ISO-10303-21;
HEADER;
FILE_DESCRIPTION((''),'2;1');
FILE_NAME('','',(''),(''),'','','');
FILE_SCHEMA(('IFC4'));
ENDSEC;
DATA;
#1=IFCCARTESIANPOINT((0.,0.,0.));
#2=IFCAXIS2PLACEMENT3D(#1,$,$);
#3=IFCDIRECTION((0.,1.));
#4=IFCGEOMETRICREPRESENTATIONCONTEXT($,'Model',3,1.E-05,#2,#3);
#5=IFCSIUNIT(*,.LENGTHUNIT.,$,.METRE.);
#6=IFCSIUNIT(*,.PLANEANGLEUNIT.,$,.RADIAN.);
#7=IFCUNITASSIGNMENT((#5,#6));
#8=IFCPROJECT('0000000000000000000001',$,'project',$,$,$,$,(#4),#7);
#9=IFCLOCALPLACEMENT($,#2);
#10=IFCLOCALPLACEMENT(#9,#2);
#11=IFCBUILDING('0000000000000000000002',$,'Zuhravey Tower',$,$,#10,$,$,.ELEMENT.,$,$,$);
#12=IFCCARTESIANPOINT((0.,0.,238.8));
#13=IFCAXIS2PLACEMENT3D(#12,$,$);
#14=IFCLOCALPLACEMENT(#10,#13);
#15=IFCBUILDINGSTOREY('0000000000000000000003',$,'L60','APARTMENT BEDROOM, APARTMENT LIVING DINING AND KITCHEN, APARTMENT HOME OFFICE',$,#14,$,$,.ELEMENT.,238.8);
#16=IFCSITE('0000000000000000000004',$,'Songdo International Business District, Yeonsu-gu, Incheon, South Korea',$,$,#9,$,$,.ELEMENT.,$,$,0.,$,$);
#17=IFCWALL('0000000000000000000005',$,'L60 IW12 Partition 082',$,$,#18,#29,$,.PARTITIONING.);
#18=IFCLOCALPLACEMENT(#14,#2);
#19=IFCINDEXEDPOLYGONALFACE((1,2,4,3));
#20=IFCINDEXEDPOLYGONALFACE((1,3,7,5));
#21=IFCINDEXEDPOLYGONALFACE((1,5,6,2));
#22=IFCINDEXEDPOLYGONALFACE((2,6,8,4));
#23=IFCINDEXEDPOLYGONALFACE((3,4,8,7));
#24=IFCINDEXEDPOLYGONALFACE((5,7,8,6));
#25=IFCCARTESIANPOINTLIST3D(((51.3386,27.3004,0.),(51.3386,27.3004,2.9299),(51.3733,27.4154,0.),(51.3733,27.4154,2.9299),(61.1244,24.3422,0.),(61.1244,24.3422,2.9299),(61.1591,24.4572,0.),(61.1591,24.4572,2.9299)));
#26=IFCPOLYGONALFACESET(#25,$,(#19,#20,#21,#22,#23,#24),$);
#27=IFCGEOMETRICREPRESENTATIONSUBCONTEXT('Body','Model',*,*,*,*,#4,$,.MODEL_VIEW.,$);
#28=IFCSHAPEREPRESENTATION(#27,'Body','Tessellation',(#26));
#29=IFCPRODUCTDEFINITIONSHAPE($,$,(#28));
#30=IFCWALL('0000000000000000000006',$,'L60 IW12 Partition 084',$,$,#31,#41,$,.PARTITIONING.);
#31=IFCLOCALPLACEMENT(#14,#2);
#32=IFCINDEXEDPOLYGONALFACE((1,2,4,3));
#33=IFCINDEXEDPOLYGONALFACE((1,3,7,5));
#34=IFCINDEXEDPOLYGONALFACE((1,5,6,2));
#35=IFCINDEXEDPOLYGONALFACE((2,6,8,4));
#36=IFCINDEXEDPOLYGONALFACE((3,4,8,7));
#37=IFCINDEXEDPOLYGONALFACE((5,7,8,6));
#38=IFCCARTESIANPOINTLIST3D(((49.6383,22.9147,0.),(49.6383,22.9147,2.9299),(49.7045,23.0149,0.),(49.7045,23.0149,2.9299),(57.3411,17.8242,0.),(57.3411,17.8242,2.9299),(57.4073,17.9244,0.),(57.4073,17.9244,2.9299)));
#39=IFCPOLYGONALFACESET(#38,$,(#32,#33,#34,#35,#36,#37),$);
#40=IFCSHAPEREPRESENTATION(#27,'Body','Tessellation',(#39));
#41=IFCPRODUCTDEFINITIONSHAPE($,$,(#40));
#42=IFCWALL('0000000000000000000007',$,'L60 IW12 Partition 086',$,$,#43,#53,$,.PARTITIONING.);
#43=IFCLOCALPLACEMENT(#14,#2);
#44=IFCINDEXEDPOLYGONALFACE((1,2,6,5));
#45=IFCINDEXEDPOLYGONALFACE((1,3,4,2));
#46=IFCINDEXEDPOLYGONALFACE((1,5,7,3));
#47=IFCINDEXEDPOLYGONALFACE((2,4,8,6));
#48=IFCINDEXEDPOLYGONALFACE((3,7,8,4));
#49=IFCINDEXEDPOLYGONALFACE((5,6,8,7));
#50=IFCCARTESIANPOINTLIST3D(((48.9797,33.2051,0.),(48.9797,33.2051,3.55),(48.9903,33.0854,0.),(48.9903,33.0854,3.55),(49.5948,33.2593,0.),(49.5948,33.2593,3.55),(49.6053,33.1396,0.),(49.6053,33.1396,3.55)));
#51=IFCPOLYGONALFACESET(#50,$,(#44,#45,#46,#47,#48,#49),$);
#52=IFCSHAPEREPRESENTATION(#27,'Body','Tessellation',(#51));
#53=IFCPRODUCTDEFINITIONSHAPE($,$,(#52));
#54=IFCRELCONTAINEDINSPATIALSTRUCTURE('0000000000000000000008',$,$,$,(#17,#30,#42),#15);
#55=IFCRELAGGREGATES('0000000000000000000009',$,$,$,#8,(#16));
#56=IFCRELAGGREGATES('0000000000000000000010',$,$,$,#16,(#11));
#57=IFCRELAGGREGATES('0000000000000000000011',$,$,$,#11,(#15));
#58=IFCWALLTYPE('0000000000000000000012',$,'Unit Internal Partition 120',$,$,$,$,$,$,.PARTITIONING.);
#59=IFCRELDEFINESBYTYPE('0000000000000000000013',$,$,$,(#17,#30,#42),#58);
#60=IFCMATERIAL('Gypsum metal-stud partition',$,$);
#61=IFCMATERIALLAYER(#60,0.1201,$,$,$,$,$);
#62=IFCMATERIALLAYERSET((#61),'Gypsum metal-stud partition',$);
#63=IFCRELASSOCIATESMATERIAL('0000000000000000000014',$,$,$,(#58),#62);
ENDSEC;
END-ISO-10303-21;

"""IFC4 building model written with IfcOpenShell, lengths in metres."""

from ifc_helpers import new_model, si_unit, direction, frame, frame_2d, origin, place, context, subcontext, project, spatial, rectangle, extrude, material, layer, layer_set, type_object, element, save


model = new_model("IFC4")

# Units and contexts
model_context = context("Model", 3, precision=1e-05, world=origin(), true_north=direction((0.0, 1.0)))
body_context = subcontext(model_context, "Body", "Model", "MODEL_VIEW")
ifc_project = project(units=[si_unit("LENGTHUNIT", "METRE"), si_unit("PLANEANGLEUNIT", "RADIAN")], contexts=[model_context])

# Site, building, storey
site_placement = place(None, origin())
site = spatial("IfcSite", under=ifc_project, at=site_placement, Name="Songdo International Business District, Yeonsu-gu, Incheon, South Korea", CompositionType="ELEMENT", RefElevation=0.0)
building_placement = place(site_placement, origin())
building = spatial("IfcBuilding", under=site, at=building_placement, Name="Zuhravey Tower", CompositionType="ELEMENT")
storey_placement = place(building_placement, frame((0.0, 0.0, 238.8)))
storey = spatial("IfcBuildingStorey", under=building, at=storey_placement, Name="L60", Description="APARTMENT BEDROOM, APARTMENT LIVING DINING AND KITCHEN, APARTMENT HOME OFFICE", CompositionType="ELEMENT", Elevation=238.8)

# Shared definitions
ifc_material_1 = material(Name="Gypsum metal-stud partition")
ifc_layer_1 = layer(ifc_material_1, 0.1201)
ifc_layer_set_1 = layer_set([ifc_layer_1], Name="Gypsum metal-stud partition")
wall_type_1 = type_object("IfcWallType", Name="Unit Internal Partition 120", PredefinedType="PARTITIONING", material=ifc_layer_set_1)

# Walls
wall_1_placement = place(storey_placement, frame((51.356, 27.3579, 0.0), z_axis=(0.0, 0.0, 1.0), x_axis=(0.957219, -0.289365, 0.0)))
element("IfcWall", 1, at=wall_1_placement, inside=storey, type_object=wall_type_1, Name="L60 IW12 Partition 082", PredefinedType="PARTITIONING", context=body_context, shape_type="SweptSolid", body=[
    extrude(rectangle(XDim=10.2231, YDim=0.1201, at=frame_2d((5.1116, 0.0))), origin(), (0.0, 0.0, 1.0), 2.9299),
])
wall_2_placement = place(storey_placement, frame((49.6714, 22.9648, 0.0), z_axis=(0.0, 0.0, 1.0), x_axis=(0.834277, -0.551346, 0.0)))
element("IfcWall", 2, at=wall_2_placement, inside=storey, type_object=wall_type_1, Name="L60 IW12 Partition 084", PredefinedType="PARTITIONING", context=body_context, shape_type="SweptSolid", body=[
    extrude(rectangle(XDim=9.2329, YDim=0.1201, at=frame_2d((4.6165, 0.0))), origin(), (0.0, 0.0, 1.0), 2.9299),
])
wall_3_placement = place(storey_placement, frame((48.9851, 33.1453, 0.0), z_axis=(0.0, 0.0, 1.0), x_axis=(0.996139, 0.08779, 0.0)))
element("IfcWall", 3, at=wall_3_placement, inside=storey, type_object=wall_type_1, Name="L60 IW12 Partition 086", PredefinedType="PARTITIONING", context=body_context, shape_type="SweptSolid", body=[
    extrude(rectangle(XDim=0.6174, YDim=0.1201, at=frame_2d((0.3086, 0.0))), origin(), (0.0, 0.0, 1.0), 3.55),
])

save(model, "model.ifc")
